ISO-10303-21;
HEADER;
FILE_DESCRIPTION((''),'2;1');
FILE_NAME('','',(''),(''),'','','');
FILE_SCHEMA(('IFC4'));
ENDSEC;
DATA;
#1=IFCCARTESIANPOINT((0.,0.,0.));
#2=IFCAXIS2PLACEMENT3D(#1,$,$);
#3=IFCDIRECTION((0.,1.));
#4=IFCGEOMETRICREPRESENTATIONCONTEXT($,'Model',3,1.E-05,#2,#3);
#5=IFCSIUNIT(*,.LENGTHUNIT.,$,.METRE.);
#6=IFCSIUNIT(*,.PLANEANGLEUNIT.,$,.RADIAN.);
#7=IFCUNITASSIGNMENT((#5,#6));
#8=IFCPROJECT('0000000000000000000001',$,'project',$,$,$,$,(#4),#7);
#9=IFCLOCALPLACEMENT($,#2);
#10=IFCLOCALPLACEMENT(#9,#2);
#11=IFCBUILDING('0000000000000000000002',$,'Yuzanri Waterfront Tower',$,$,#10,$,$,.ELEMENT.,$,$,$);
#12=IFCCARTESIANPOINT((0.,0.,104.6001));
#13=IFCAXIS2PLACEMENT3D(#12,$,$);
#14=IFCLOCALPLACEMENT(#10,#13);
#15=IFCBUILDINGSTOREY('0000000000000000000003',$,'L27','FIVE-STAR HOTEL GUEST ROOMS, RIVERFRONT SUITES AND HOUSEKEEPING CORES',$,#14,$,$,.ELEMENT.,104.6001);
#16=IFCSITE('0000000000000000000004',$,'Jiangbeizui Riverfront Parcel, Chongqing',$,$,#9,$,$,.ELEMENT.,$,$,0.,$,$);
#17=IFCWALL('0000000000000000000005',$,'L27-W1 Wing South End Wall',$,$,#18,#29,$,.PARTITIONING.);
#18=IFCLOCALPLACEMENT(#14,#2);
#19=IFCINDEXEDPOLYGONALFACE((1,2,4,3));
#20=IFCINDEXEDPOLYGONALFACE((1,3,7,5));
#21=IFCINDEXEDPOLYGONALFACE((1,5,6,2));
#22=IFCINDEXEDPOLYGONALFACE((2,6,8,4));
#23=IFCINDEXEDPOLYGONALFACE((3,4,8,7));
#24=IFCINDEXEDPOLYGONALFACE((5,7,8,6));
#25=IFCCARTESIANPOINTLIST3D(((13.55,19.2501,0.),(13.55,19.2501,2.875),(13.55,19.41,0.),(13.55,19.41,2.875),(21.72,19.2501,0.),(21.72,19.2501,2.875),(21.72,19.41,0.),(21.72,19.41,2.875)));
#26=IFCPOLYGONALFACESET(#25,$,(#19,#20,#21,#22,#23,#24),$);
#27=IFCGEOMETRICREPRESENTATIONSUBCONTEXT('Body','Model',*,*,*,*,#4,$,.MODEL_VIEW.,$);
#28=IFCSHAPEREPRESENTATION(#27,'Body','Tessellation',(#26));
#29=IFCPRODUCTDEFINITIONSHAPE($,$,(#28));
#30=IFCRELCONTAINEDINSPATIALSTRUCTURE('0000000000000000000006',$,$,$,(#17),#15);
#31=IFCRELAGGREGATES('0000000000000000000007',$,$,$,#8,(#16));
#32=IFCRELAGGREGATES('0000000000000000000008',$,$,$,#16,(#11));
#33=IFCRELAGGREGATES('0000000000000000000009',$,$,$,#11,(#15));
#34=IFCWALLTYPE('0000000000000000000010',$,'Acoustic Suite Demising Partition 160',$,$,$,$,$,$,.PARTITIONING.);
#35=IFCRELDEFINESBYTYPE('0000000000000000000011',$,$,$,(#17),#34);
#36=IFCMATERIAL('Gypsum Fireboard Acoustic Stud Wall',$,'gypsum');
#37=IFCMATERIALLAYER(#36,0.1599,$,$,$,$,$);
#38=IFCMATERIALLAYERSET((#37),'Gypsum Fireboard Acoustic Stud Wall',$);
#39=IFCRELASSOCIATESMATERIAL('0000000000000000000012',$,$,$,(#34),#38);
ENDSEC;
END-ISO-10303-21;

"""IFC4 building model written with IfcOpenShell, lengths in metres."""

from ifc_helpers import new_model, si_unit, direction, frame, frame_2d, origin, place, context, subcontext, project, spatial, rectangle, extrude, source, transform, mapped, material, layer, layer_set, type_object, element, save


model = new_model("IFC4")

# Units and contexts
model_context = context("Model", 3, precision=1e-05, world=origin(), true_north=direction((0.0, 1.0)))
body_context = subcontext(model_context, "Body", "Model", "MODEL_VIEW")
ifc_project = project(units=[si_unit("LENGTHUNIT", "METRE"), si_unit("PLANEANGLEUNIT", "RADIAN")], contexts=[model_context])

# Site, building, storey
site_placement = place(None, origin())
site = spatial("IfcSite", under=ifc_project, at=site_placement, Name="Jiangbeizui Riverfront Parcel, Chongqing", CompositionType="ELEMENT", RefElevation=0.0)
building_placement = place(site_placement, origin())
building = spatial("IfcBuilding", under=site, at=building_placement, Name="Yuzanri Waterfront Tower", CompositionType="ELEMENT")
storey_placement = place(building_placement, frame((0.0, 0.0, 104.6001)))
storey = spatial("IfcBuildingStorey", under=building, at=storey_placement, Name="L27", Description="FIVE-STAR HOTEL GUEST ROOMS, RIVERFRONT SUITES AND HOUSEKEEPING CORES", CompositionType="ELEMENT", Elevation=104.6001)

# Wall
ifc_material_1 = material(Name="Gypsum Fireboard Acoustic Stud Wall", Category="gypsum")
ifc_layer_1 = layer(ifc_material_1, 0.1599)
ifc_layer_set_1 = layer_set([ifc_layer_1], Name="Gypsum Fireboard Acoustic Stud Wall")
wall_type_1 = type_object("IfcWallType", Name="Acoustic Suite Demising Partition 160", PredefinedType="PARTITIONING", material=ifc_layer_set_1)
shared_shape_1 = source(origin(), body_context, "Body", "SweptSolid", [
    extrude(rectangle(XDim=8.1699, YDim=0.1599, at=frame_2d((4.085, 0.0))), origin(), (0.0, 0.0, 1.0), 2.875),
])
wall_1_placement = place(storey_placement, frame((13.55, 19.3301, 0.0), z_axis=(0.0, 0.0, 1.0), x_axis=(1.0, 0.0, 0.0)))
element("IfcWall", 1, at=wall_1_placement, inside=storey, type_object=wall_type_1, Name="L27-W1 Wing South End Wall", PredefinedType="PARTITIONING", context=body_context, shape_type="MappedRepresentation", body=[
    mapped(shared_shape_1, transform((0.0, 0.0, 0.0), scale=1.0)),
])

save(model, "model.ifc")
